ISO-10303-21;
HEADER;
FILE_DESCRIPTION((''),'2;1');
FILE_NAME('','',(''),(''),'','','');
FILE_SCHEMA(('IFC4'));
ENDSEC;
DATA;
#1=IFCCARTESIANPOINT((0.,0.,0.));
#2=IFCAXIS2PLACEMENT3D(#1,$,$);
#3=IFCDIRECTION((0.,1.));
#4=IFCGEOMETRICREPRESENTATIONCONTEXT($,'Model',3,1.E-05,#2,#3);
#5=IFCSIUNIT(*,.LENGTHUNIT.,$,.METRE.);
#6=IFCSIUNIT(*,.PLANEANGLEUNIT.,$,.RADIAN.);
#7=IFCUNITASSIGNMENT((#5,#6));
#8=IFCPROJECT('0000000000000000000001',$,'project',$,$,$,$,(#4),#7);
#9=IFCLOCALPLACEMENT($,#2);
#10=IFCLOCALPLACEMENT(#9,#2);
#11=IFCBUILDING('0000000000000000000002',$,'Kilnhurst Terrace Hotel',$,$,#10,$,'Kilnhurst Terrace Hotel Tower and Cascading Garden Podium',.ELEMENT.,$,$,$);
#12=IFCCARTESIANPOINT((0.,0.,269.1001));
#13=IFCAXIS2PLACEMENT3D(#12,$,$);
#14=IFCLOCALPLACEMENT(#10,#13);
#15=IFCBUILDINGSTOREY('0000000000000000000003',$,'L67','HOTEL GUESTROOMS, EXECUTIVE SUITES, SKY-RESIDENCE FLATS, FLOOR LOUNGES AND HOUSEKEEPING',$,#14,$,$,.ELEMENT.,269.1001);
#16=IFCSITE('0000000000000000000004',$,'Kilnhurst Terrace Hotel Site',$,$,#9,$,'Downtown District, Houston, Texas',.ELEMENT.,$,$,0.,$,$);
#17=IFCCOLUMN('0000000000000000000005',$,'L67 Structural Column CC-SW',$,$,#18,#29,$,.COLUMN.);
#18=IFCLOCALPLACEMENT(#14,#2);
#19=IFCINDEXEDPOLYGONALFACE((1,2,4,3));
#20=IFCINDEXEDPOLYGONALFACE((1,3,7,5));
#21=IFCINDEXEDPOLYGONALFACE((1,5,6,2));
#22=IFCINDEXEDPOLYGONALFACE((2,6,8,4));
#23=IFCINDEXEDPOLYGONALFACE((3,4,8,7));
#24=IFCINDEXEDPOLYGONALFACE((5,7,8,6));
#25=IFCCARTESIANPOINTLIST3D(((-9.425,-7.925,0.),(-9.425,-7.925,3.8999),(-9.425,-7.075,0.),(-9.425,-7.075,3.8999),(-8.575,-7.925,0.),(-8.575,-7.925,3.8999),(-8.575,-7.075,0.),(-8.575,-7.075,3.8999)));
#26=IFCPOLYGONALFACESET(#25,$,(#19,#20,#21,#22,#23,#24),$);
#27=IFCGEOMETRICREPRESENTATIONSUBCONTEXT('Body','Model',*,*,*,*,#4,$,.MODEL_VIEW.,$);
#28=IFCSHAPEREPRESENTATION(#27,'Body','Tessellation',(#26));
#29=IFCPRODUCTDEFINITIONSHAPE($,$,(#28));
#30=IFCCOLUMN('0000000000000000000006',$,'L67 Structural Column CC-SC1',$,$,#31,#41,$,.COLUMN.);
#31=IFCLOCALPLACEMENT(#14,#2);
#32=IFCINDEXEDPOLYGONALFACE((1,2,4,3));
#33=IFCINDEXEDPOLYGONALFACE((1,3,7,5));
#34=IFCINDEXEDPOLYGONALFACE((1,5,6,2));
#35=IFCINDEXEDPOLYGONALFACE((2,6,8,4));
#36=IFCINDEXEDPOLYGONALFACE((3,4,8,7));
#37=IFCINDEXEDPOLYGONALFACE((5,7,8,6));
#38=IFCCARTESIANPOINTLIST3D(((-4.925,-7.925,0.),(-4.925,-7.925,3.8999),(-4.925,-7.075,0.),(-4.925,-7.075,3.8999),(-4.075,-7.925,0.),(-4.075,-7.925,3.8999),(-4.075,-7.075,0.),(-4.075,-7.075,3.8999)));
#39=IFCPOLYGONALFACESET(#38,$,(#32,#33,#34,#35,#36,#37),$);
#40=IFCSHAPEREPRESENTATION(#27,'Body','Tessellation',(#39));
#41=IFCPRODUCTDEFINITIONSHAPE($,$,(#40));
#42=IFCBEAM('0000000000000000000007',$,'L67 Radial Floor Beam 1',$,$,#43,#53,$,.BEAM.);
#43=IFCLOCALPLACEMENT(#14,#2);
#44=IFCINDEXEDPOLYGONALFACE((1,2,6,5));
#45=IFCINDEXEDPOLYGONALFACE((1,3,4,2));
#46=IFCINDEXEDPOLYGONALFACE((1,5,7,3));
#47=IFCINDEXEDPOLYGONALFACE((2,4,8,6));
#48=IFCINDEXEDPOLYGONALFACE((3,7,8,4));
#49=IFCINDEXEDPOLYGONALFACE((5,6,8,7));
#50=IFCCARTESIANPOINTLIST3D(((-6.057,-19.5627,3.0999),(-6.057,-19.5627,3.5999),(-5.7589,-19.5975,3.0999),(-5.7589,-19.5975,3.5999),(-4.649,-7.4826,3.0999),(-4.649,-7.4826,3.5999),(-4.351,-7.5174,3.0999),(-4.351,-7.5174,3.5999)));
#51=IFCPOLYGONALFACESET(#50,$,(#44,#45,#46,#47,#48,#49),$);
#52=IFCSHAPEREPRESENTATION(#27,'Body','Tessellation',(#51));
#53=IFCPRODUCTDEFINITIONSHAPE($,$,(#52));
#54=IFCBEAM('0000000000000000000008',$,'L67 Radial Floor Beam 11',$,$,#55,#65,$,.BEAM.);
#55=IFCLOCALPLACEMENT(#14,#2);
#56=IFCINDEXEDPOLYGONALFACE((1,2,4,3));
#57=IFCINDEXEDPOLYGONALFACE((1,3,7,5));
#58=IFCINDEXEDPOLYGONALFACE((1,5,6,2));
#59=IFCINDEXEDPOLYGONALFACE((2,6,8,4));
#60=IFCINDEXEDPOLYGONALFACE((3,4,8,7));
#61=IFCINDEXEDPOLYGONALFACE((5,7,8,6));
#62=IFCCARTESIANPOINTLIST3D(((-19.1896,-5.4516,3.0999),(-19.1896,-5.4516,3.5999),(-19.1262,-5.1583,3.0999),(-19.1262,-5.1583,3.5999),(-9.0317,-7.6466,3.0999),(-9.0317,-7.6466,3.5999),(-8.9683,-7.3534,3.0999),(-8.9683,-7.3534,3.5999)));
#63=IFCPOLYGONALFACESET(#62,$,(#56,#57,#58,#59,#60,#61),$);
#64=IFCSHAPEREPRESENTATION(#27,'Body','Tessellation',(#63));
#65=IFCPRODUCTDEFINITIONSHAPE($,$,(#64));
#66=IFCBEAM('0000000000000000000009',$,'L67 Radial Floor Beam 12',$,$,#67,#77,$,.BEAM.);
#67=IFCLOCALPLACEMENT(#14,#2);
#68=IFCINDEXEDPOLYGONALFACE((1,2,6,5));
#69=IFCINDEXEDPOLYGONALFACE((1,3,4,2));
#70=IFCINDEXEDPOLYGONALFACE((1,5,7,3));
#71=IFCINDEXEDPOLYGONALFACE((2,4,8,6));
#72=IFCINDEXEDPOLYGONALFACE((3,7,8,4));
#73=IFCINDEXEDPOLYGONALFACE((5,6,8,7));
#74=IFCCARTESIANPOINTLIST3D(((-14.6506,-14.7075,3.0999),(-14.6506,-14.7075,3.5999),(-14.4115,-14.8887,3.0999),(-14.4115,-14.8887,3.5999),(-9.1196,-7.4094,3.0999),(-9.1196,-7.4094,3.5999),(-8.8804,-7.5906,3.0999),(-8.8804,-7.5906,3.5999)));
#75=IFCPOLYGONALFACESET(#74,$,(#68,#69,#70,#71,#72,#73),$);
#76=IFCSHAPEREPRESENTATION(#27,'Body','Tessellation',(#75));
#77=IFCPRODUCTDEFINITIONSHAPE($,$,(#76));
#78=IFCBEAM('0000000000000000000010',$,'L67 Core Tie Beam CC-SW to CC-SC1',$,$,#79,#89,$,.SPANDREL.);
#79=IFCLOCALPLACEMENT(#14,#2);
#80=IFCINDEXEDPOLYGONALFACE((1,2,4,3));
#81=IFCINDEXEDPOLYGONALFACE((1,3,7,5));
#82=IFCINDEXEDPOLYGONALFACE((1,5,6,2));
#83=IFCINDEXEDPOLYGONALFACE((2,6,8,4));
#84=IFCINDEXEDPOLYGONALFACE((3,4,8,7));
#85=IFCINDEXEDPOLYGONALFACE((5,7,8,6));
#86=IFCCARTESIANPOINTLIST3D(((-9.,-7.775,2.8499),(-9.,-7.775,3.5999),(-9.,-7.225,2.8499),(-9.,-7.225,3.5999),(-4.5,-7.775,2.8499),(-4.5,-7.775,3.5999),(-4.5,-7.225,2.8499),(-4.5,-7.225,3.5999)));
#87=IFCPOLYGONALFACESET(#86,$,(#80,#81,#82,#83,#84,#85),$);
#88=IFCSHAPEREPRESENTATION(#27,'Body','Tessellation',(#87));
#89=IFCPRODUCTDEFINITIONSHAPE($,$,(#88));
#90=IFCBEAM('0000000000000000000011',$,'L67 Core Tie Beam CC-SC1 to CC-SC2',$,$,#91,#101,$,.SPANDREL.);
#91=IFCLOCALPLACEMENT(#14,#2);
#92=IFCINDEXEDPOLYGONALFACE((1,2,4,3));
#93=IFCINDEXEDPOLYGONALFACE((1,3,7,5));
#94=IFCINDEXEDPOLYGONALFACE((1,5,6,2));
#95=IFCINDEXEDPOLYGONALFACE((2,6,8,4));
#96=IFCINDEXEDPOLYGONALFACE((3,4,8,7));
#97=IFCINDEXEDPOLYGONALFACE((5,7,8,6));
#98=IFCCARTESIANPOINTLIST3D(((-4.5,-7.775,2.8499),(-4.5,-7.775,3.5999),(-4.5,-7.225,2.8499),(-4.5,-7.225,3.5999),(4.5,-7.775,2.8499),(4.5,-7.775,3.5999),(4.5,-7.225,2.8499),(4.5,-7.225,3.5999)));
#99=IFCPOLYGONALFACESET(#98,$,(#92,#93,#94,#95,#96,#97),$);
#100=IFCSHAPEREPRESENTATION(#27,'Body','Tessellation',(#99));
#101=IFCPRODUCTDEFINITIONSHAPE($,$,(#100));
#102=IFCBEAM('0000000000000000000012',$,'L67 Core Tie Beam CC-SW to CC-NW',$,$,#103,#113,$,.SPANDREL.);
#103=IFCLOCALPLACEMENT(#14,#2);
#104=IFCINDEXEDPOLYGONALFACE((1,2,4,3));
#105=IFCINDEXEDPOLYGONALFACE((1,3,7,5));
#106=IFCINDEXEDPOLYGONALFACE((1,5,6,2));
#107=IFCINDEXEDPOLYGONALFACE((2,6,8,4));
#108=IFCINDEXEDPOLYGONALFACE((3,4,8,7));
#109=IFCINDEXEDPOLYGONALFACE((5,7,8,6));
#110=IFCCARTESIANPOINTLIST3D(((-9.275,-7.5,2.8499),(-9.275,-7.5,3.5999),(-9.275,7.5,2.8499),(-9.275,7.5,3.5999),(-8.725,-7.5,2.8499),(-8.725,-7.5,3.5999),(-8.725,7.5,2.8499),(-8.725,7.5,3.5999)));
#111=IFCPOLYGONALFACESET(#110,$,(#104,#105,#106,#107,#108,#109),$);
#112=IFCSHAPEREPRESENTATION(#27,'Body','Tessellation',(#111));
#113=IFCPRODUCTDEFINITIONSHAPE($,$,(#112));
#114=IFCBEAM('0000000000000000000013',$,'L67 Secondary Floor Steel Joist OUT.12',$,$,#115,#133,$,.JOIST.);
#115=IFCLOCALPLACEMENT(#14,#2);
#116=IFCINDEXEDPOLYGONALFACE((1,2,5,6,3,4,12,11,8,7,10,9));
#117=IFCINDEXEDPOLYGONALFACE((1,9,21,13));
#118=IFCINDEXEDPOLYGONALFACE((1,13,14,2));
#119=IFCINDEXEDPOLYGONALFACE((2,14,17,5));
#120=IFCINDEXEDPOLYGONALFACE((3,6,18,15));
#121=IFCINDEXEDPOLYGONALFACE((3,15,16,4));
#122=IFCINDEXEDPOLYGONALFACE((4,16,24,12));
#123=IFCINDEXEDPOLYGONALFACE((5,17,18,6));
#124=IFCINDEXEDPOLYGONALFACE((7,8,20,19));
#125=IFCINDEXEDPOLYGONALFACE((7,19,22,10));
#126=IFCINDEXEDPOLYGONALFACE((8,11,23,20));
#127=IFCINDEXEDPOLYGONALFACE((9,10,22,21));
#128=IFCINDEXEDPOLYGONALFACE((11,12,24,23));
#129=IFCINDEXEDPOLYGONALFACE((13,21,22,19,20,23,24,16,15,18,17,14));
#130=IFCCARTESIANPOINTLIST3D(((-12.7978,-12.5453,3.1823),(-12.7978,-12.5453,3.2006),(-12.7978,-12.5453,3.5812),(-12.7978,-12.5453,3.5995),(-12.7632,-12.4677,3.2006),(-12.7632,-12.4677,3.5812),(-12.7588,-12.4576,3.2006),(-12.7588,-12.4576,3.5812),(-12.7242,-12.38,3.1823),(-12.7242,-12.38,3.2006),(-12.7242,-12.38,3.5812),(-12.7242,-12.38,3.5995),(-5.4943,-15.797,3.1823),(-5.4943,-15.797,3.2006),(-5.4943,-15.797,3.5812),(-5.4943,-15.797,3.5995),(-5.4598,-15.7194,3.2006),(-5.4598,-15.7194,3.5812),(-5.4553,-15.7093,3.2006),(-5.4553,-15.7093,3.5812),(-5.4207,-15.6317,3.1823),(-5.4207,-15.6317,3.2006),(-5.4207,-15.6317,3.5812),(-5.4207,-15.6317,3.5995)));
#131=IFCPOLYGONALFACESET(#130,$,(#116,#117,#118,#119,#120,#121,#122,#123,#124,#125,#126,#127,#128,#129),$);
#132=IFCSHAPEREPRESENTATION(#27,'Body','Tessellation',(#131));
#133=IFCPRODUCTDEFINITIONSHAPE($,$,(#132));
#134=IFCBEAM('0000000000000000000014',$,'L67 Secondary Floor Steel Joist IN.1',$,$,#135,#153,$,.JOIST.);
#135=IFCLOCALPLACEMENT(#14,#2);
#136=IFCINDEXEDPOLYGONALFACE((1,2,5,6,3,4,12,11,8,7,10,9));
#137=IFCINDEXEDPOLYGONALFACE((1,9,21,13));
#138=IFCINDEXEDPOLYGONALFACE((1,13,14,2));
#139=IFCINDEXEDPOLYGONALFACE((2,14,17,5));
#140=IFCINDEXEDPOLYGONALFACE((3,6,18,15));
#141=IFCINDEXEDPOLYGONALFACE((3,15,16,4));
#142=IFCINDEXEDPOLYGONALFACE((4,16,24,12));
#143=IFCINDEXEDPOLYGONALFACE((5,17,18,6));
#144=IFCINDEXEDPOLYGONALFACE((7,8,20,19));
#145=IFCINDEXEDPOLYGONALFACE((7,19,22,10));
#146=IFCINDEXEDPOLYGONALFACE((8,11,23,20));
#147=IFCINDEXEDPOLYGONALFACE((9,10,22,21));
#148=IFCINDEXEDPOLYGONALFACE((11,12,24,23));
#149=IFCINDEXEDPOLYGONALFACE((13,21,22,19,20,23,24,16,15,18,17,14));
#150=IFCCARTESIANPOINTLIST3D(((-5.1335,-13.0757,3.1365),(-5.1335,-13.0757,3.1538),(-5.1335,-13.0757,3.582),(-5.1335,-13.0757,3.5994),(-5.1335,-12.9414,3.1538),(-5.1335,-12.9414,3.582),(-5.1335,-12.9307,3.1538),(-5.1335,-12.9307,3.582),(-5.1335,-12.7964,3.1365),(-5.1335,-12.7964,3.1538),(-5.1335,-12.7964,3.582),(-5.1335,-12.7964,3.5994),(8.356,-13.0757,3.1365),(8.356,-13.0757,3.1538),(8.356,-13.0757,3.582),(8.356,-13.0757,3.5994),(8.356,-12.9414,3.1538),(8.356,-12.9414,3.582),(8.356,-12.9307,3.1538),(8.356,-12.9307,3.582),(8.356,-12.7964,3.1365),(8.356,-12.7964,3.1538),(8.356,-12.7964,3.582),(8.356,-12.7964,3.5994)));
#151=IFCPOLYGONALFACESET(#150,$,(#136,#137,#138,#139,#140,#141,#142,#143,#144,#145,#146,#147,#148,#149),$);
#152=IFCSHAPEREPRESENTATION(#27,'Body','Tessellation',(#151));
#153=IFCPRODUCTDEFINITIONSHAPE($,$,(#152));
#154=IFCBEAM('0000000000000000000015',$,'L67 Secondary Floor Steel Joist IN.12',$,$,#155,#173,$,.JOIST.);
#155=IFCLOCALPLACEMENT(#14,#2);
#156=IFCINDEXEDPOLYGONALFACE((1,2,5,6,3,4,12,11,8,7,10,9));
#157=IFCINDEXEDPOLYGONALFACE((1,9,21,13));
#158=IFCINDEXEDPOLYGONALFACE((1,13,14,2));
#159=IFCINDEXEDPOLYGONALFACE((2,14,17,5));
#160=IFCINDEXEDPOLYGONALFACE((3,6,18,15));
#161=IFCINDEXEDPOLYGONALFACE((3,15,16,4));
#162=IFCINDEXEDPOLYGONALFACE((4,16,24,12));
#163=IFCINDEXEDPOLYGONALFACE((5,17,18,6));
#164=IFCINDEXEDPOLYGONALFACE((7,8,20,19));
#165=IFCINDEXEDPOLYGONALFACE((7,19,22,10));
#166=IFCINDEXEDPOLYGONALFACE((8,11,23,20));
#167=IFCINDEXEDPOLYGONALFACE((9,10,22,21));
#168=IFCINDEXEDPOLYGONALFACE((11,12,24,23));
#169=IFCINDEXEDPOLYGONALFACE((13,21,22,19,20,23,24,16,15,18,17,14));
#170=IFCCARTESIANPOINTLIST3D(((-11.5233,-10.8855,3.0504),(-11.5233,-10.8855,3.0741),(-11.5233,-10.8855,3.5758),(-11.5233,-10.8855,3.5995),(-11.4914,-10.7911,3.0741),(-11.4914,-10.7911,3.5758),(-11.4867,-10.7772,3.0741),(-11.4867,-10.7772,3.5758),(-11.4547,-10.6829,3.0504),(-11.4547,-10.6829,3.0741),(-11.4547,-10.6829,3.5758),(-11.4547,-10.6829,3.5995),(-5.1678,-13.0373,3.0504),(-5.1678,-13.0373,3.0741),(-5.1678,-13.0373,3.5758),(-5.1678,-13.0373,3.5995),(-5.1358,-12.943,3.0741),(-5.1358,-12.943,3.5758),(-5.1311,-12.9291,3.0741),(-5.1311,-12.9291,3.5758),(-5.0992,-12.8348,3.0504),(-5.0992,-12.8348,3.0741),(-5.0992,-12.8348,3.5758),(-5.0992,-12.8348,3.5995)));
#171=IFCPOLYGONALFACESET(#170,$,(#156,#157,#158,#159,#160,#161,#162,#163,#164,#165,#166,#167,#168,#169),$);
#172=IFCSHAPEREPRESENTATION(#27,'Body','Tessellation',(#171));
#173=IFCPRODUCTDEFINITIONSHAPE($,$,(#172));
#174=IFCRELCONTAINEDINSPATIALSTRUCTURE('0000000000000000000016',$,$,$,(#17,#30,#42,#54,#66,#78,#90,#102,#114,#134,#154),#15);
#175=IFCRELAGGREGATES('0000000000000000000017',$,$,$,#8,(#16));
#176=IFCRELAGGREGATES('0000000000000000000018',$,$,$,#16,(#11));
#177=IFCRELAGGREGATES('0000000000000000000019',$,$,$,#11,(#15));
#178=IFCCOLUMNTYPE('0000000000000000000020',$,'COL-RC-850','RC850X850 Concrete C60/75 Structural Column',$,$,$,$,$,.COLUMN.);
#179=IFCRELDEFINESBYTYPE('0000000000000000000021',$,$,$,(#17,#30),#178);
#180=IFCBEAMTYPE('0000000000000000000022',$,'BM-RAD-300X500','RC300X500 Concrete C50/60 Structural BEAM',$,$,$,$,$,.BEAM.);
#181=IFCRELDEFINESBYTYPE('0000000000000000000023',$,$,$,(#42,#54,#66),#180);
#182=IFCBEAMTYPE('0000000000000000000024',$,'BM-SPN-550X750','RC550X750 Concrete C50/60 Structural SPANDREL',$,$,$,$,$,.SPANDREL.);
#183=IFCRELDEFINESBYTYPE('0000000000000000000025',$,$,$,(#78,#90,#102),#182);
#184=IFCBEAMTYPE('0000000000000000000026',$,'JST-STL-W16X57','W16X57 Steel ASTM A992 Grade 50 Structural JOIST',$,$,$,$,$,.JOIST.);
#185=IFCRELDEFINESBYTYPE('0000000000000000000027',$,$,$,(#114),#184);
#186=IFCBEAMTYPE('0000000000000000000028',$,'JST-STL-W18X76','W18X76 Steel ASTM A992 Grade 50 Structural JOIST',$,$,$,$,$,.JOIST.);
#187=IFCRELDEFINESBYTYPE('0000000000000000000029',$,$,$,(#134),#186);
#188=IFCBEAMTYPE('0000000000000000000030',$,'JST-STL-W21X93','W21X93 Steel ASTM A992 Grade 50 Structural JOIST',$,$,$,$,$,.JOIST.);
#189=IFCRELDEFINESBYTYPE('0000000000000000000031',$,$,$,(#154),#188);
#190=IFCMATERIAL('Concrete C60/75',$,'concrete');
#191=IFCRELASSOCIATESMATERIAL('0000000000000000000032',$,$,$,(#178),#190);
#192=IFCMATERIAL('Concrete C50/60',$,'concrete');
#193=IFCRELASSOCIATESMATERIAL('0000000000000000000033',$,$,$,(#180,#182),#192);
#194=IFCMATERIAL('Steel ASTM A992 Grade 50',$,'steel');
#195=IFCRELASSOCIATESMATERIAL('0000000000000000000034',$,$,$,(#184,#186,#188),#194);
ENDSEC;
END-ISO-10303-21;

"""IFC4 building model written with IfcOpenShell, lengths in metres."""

from ifc_helpers import new_model, si_unit, direction, frame, origin, origin_2d, place, context, subcontext, project, spatial, rectangle, i_section, extrude, material, material_profile, profile_set, type_object, element, save


model = new_model("IFC4")

# Units and contexts
model_context = context("Model", 3, precision=1e-05, world=origin(), true_north=direction((0.0, 1.0)))
body_context = subcontext(model_context, "Body", "Model", "MODEL_VIEW")
ifc_project = project(units=[si_unit("LENGTHUNIT", "METRE"), si_unit("PLANEANGLEUNIT", "RADIAN")], contexts=[model_context])

# Site, building, storey
site_placement = place(None, origin())
site = spatial("IfcSite", under=ifc_project, at=site_placement, Name="Kilnhurst Terrace Hotel Site", LongName="Downtown District, Houston, Texas", CompositionType="ELEMENT", RefElevation=0.0)
building_placement = place(site_placement, origin())
building = spatial("IfcBuilding", under=site, at=building_placement, Name="Kilnhurst Terrace Hotel", LongName="Kilnhurst Terrace Hotel Tower and Cascading Garden Podium", CompositionType="ELEMENT")
storey_placement = place(building_placement, frame((0.0, 0.0, 269.1001)))
storey = spatial("IfcBuildingStorey", under=building, at=storey_placement, Name="L67", Description="HOTEL GUESTROOMS, EXECUTIVE SUITES, SKY-RESIDENCE FLATS, FLOOR LOUNGES AND HOUSEKEEPING", CompositionType="ELEMENT", Elevation=269.1001)

# Columns
ifc_material_1 = material(Name="Concrete C60/75", Category="concrete")
ifc_material_profile_1 = material_profile(ifc_material_1, rectangle(XDim=0.8501, YDim=0.8501, at=origin_2d()), Name="RC850X850")
ifc_profile_set_1 = profile_set([ifc_material_profile_1], Name="Concrete C60/75")
column_type = type_object("IfcColumnType", Name="COL-RC-850", Description="RC850X850 Concrete C60/75 Structural Column", PredefinedType="COLUMN", material=ifc_profile_set_1)
for number, where, z_axis, x_axis, name in (
    (1, (-9.0, -7.5, 0.0), (0.0, 0.0, 1.0), (1.0, 0.0, 0.0), "L67 Structural Column CC-SW"),
    (2, (-4.5, -7.5, 0.0), (0.0, 0.0, 1.0), (1.0, 0.0, 0.0), "L67 Structural Column CC-SC1"),
):
    element("IfcColumn", number, at=place(storey_placement, frame(where, z_axis=z_axis, x_axis=x_axis)), inside=storey, type_object=column_type, Name=name, PredefinedType="COLUMN", context=body_context, shape_type="SweptSolid", body=[
        extrude(rectangle(XDim=0.8501, YDim=0.8501, at=origin_2d()), origin(), (0.0, 0.0, 1.0), 3.8999),
    ])

# Beams
ifc_material_2 = material(Name="Concrete C50/60", Category="concrete")
ifc_material_profile_2 = material_profile(ifc_material_2, rectangle(XDim=0.3, YDim=0.5, at=origin_2d()), Name="RC300X500")
ifc_profile_set_2 = profile_set([ifc_material_profile_2], Name="Concrete C50/60")
beam_type_1 = type_object("IfcBeamType", Name="BM-RAD-300X500", Description="RC300X500 Concrete C50/60 Structural BEAM", PredefinedType="BEAM", material=ifc_profile_set_2)
beam_1_placement = place(storey_placement, frame((-4.5, -7.5, 3.3499), z_axis=(-0.115768, -0.993276, 0.0), x_axis=(0.993276, -0.115768, 0.0)))
element("IfcBeam", 3, at=beam_1_placement, inside=storey, type_object=beam_type_1, Name="L67 Radial Floor Beam 1", PredefinedType="BEAM", context=body_context, shape_type="SweptSolid", body=[
    extrude(rectangle(XDim=0.3, YDim=0.5, at=origin_2d()), origin(), (0.0, 0.0, 1.0), 12.1619),
])
beam_2_placement = place(storey_placement, frame((-9.0, -7.5, 3.3499), z_axis=(-0.977439, 0.211218, 0.0), x_axis=(-0.211218, -0.977439, 0.0)))
element("IfcBeam", 4, at=beam_2_placement, inside=storey, type_object=beam_type_1, Name="L67 Radial Floor Beam 11", PredefinedType="BEAM", context=body_context, shape_type="SweptSolid", body=[
    extrude(rectangle(XDim=0.3, YDim=0.5, at=origin_2d()), origin(), (0.0, 0.0, 1.0), 10.3923),
])
beam_3_placement = place(storey_placement, frame((-9.0, -7.5, 3.3499), z_axis=(-0.604007, -0.796979, 0.0), x_axis=(0.796979, -0.604007, 0.0)))
element("IfcBeam", 5, at=beam_3_placement, inside=storey, type_object=beam_type_1, Name="L67 Radial Floor Beam 12", PredefinedType="BEAM", context=body_context, shape_type="SweptSolid", body=[
    extrude(rectangle(XDim=0.3, YDim=0.5, at=origin_2d()), origin(), (0.0, 0.0, 1.0), 9.1572),
])
ifc_material_profile_3 = material_profile(ifc_material_2, rectangle(XDim=0.55, YDim=0.75, at=origin_2d()), Name="RC550X750")
ifc_profile_set_3 = profile_set([ifc_material_profile_3], Name="Concrete C50/60")
beam_type_2 = type_object("IfcBeamType", Name="BM-SPN-550X750", Description="RC550X750 Concrete C50/60 Structural SPANDREL", PredefinedType="SPANDREL", material=ifc_profile_set_3)
beam_4_placement = place(storey_placement, frame((-9.0, -7.5, 3.2249), z_axis=(1.0, 0.0, 0.0), x_axis=(0.0, 1.0, 0.0)))
element("IfcBeam", 6, at=beam_4_placement, inside=storey, type_object=beam_type_2, Name="L67 Core Tie Beam CC-SW to CC-SC1", PredefinedType="SPANDREL", context=body_context, shape_type="SweptSolid", body=[
    extrude(rectangle(XDim=0.55, YDim=0.75, at=origin_2d()), origin(), (0.0, 0.0, 1.0), 4.5),
])
beam_5_placement = place(storey_placement, frame((-4.5, -7.5, 3.2249), z_axis=(1.0, 0.0, 0.0), x_axis=(0.0, 1.0, 0.0)))
element("IfcBeam", 7, at=beam_5_placement, inside=storey, type_object=beam_type_2, Name="L67 Core Tie Beam CC-SC1 to CC-SC2", PredefinedType="SPANDREL", context=body_context, shape_type="SweptSolid", body=[
    extrude(rectangle(XDim=0.55, YDim=0.75, at=origin_2d()), origin(), (0.0, 0.0, 1.0), 9.0),
])
beam_6_placement = place(storey_placement, frame((-9.0, -7.5, 3.2249), z_axis=(0.0, 1.0, 0.0), x_axis=(-1.0, 0.0, 0.0)))
element("IfcBeam", 8, at=beam_6_placement, inside=storey, type_object=beam_type_2, Name="L67 Core Tie Beam CC-SW to CC-NW", PredefinedType="SPANDREL", context=body_context, shape_type="SweptSolid", body=[
    extrude(rectangle(XDim=0.55, YDim=0.75, at=origin_2d()), origin(), (0.0, 0.0, 1.0), 15.0),
])
ifc_material_3 = material(Name="Steel ASTM A992 Grade 50", Category="steel")
ifc_material_profile_4 = material_profile(ifc_material_3, i_section(OverallWidth=0.1809, OverallDepth=0.4172, WebThickness=0.011, FlangeThickness=0.0183, at=origin_2d()), Name="W16X57")
ifc_profile_set_4 = profile_set([ifc_material_profile_4], Name="Steel ASTM A992 Grade 50")
beam_type_3 = type_object("IfcBeamType", Name="JST-STL-W16X57", Description="W16X57 Steel ASTM A992 Grade 50 Structural JOIST", PredefinedType="JOIST", material=ifc_profile_set_4)
beam_7_placement = place(storey_placement, frame((-12.761, -12.4626, 3.3909), z_axis=(0.913546, -0.406736, 0.0), x_axis=(0.406736, 0.913546, 0.0)))
element("IfcBeam", 9, at=beam_7_placement, inside=storey, type_object=beam_type_3, Name="L67 Secondary Floor Steel Joist OUT.12", PredefinedType="JOIST", context=body_context, shape_type="SweptSolid", body=[
    extrude(i_section(OverallWidth=0.1809, OverallDepth=0.4172, WebThickness=0.011, FlangeThickness=0.0183, at=origin_2d()), origin(), (0.0, 0.0, 1.0), 7.9946),
])
ifc_material_profile_5 = material_profile(ifc_material_3, i_section(OverallWidth=0.2793, OverallDepth=0.4629, WebThickness=0.0107, FlangeThickness=0.0173, at=origin_2d()), Name="W18X76")
ifc_profile_set_5 = profile_set([ifc_material_profile_5], Name="Steel ASTM A992 Grade 50")
beam_type_4 = type_object("IfcBeamType", Name="JST-STL-W18X76", Description="W18X76 Steel ASTM A992 Grade 50 Structural JOIST", PredefinedType="JOIST", material=ifc_profile_set_5)
beam_8_placement = place(storey_placement, frame((-5.1335, -12.936, 3.3679), z_axis=(1.0, 0.0, 0.0), x_axis=(0.0, 1.0, 0.0)))
element("IfcBeam", 10, at=beam_8_placement, inside=storey, type_object=beam_type_4, Name="L67 Secondary Floor Steel Joist IN.1", PredefinedType="JOIST", context=body_context, shape_type="SweptSolid", body=[
    extrude(i_section(OverallWidth=0.2793, OverallDepth=0.4629, WebThickness=0.0107, FlangeThickness=0.0173, at=origin_2d()), origin(), (0.0, 0.0, 1.0), 13.4895),
])
ifc_material_profile_6 = material_profile(ifc_material_3, i_section(OverallWidth=0.2139, OverallDepth=0.5491, WebThickness=0.0146, FlangeThickness=0.0237, at=origin_2d()), Name="W21X93")
ifc_profile_set_6 = profile_set([ifc_material_profile_6], Name="Steel ASTM A992 Grade 50")
beam_type_5 = type_object("IfcBeamType", Name="JST-STL-W21X93", Description="W21X93 Steel ASTM A992 Grade 50 Structural JOIST", PredefinedType="JOIST", material=ifc_profile_set_6)
beam_9_placement = place(storey_placement, frame((-11.489, -10.7842, 3.325), z_axis=(0.947181, -0.3207, 0.0), x_axis=(0.3207, 0.947181, 0.0)))
element("IfcBeam", 11, at=beam_9_placement, inside=storey, type_object=beam_type_5, Name="L67 Secondary Floor Steel Joist IN.12", PredefinedType="JOIST", context=body_context, shape_type="SweptSolid", body=[
    extrude(i_section(OverallWidth=0.2139, OverallDepth=0.5491, WebThickness=0.0146, FlangeThickness=0.0237, at=origin_2d()), origin(), (0.0, 0.0, 1.0), 6.71),
])

save(model, "model.ifc")
